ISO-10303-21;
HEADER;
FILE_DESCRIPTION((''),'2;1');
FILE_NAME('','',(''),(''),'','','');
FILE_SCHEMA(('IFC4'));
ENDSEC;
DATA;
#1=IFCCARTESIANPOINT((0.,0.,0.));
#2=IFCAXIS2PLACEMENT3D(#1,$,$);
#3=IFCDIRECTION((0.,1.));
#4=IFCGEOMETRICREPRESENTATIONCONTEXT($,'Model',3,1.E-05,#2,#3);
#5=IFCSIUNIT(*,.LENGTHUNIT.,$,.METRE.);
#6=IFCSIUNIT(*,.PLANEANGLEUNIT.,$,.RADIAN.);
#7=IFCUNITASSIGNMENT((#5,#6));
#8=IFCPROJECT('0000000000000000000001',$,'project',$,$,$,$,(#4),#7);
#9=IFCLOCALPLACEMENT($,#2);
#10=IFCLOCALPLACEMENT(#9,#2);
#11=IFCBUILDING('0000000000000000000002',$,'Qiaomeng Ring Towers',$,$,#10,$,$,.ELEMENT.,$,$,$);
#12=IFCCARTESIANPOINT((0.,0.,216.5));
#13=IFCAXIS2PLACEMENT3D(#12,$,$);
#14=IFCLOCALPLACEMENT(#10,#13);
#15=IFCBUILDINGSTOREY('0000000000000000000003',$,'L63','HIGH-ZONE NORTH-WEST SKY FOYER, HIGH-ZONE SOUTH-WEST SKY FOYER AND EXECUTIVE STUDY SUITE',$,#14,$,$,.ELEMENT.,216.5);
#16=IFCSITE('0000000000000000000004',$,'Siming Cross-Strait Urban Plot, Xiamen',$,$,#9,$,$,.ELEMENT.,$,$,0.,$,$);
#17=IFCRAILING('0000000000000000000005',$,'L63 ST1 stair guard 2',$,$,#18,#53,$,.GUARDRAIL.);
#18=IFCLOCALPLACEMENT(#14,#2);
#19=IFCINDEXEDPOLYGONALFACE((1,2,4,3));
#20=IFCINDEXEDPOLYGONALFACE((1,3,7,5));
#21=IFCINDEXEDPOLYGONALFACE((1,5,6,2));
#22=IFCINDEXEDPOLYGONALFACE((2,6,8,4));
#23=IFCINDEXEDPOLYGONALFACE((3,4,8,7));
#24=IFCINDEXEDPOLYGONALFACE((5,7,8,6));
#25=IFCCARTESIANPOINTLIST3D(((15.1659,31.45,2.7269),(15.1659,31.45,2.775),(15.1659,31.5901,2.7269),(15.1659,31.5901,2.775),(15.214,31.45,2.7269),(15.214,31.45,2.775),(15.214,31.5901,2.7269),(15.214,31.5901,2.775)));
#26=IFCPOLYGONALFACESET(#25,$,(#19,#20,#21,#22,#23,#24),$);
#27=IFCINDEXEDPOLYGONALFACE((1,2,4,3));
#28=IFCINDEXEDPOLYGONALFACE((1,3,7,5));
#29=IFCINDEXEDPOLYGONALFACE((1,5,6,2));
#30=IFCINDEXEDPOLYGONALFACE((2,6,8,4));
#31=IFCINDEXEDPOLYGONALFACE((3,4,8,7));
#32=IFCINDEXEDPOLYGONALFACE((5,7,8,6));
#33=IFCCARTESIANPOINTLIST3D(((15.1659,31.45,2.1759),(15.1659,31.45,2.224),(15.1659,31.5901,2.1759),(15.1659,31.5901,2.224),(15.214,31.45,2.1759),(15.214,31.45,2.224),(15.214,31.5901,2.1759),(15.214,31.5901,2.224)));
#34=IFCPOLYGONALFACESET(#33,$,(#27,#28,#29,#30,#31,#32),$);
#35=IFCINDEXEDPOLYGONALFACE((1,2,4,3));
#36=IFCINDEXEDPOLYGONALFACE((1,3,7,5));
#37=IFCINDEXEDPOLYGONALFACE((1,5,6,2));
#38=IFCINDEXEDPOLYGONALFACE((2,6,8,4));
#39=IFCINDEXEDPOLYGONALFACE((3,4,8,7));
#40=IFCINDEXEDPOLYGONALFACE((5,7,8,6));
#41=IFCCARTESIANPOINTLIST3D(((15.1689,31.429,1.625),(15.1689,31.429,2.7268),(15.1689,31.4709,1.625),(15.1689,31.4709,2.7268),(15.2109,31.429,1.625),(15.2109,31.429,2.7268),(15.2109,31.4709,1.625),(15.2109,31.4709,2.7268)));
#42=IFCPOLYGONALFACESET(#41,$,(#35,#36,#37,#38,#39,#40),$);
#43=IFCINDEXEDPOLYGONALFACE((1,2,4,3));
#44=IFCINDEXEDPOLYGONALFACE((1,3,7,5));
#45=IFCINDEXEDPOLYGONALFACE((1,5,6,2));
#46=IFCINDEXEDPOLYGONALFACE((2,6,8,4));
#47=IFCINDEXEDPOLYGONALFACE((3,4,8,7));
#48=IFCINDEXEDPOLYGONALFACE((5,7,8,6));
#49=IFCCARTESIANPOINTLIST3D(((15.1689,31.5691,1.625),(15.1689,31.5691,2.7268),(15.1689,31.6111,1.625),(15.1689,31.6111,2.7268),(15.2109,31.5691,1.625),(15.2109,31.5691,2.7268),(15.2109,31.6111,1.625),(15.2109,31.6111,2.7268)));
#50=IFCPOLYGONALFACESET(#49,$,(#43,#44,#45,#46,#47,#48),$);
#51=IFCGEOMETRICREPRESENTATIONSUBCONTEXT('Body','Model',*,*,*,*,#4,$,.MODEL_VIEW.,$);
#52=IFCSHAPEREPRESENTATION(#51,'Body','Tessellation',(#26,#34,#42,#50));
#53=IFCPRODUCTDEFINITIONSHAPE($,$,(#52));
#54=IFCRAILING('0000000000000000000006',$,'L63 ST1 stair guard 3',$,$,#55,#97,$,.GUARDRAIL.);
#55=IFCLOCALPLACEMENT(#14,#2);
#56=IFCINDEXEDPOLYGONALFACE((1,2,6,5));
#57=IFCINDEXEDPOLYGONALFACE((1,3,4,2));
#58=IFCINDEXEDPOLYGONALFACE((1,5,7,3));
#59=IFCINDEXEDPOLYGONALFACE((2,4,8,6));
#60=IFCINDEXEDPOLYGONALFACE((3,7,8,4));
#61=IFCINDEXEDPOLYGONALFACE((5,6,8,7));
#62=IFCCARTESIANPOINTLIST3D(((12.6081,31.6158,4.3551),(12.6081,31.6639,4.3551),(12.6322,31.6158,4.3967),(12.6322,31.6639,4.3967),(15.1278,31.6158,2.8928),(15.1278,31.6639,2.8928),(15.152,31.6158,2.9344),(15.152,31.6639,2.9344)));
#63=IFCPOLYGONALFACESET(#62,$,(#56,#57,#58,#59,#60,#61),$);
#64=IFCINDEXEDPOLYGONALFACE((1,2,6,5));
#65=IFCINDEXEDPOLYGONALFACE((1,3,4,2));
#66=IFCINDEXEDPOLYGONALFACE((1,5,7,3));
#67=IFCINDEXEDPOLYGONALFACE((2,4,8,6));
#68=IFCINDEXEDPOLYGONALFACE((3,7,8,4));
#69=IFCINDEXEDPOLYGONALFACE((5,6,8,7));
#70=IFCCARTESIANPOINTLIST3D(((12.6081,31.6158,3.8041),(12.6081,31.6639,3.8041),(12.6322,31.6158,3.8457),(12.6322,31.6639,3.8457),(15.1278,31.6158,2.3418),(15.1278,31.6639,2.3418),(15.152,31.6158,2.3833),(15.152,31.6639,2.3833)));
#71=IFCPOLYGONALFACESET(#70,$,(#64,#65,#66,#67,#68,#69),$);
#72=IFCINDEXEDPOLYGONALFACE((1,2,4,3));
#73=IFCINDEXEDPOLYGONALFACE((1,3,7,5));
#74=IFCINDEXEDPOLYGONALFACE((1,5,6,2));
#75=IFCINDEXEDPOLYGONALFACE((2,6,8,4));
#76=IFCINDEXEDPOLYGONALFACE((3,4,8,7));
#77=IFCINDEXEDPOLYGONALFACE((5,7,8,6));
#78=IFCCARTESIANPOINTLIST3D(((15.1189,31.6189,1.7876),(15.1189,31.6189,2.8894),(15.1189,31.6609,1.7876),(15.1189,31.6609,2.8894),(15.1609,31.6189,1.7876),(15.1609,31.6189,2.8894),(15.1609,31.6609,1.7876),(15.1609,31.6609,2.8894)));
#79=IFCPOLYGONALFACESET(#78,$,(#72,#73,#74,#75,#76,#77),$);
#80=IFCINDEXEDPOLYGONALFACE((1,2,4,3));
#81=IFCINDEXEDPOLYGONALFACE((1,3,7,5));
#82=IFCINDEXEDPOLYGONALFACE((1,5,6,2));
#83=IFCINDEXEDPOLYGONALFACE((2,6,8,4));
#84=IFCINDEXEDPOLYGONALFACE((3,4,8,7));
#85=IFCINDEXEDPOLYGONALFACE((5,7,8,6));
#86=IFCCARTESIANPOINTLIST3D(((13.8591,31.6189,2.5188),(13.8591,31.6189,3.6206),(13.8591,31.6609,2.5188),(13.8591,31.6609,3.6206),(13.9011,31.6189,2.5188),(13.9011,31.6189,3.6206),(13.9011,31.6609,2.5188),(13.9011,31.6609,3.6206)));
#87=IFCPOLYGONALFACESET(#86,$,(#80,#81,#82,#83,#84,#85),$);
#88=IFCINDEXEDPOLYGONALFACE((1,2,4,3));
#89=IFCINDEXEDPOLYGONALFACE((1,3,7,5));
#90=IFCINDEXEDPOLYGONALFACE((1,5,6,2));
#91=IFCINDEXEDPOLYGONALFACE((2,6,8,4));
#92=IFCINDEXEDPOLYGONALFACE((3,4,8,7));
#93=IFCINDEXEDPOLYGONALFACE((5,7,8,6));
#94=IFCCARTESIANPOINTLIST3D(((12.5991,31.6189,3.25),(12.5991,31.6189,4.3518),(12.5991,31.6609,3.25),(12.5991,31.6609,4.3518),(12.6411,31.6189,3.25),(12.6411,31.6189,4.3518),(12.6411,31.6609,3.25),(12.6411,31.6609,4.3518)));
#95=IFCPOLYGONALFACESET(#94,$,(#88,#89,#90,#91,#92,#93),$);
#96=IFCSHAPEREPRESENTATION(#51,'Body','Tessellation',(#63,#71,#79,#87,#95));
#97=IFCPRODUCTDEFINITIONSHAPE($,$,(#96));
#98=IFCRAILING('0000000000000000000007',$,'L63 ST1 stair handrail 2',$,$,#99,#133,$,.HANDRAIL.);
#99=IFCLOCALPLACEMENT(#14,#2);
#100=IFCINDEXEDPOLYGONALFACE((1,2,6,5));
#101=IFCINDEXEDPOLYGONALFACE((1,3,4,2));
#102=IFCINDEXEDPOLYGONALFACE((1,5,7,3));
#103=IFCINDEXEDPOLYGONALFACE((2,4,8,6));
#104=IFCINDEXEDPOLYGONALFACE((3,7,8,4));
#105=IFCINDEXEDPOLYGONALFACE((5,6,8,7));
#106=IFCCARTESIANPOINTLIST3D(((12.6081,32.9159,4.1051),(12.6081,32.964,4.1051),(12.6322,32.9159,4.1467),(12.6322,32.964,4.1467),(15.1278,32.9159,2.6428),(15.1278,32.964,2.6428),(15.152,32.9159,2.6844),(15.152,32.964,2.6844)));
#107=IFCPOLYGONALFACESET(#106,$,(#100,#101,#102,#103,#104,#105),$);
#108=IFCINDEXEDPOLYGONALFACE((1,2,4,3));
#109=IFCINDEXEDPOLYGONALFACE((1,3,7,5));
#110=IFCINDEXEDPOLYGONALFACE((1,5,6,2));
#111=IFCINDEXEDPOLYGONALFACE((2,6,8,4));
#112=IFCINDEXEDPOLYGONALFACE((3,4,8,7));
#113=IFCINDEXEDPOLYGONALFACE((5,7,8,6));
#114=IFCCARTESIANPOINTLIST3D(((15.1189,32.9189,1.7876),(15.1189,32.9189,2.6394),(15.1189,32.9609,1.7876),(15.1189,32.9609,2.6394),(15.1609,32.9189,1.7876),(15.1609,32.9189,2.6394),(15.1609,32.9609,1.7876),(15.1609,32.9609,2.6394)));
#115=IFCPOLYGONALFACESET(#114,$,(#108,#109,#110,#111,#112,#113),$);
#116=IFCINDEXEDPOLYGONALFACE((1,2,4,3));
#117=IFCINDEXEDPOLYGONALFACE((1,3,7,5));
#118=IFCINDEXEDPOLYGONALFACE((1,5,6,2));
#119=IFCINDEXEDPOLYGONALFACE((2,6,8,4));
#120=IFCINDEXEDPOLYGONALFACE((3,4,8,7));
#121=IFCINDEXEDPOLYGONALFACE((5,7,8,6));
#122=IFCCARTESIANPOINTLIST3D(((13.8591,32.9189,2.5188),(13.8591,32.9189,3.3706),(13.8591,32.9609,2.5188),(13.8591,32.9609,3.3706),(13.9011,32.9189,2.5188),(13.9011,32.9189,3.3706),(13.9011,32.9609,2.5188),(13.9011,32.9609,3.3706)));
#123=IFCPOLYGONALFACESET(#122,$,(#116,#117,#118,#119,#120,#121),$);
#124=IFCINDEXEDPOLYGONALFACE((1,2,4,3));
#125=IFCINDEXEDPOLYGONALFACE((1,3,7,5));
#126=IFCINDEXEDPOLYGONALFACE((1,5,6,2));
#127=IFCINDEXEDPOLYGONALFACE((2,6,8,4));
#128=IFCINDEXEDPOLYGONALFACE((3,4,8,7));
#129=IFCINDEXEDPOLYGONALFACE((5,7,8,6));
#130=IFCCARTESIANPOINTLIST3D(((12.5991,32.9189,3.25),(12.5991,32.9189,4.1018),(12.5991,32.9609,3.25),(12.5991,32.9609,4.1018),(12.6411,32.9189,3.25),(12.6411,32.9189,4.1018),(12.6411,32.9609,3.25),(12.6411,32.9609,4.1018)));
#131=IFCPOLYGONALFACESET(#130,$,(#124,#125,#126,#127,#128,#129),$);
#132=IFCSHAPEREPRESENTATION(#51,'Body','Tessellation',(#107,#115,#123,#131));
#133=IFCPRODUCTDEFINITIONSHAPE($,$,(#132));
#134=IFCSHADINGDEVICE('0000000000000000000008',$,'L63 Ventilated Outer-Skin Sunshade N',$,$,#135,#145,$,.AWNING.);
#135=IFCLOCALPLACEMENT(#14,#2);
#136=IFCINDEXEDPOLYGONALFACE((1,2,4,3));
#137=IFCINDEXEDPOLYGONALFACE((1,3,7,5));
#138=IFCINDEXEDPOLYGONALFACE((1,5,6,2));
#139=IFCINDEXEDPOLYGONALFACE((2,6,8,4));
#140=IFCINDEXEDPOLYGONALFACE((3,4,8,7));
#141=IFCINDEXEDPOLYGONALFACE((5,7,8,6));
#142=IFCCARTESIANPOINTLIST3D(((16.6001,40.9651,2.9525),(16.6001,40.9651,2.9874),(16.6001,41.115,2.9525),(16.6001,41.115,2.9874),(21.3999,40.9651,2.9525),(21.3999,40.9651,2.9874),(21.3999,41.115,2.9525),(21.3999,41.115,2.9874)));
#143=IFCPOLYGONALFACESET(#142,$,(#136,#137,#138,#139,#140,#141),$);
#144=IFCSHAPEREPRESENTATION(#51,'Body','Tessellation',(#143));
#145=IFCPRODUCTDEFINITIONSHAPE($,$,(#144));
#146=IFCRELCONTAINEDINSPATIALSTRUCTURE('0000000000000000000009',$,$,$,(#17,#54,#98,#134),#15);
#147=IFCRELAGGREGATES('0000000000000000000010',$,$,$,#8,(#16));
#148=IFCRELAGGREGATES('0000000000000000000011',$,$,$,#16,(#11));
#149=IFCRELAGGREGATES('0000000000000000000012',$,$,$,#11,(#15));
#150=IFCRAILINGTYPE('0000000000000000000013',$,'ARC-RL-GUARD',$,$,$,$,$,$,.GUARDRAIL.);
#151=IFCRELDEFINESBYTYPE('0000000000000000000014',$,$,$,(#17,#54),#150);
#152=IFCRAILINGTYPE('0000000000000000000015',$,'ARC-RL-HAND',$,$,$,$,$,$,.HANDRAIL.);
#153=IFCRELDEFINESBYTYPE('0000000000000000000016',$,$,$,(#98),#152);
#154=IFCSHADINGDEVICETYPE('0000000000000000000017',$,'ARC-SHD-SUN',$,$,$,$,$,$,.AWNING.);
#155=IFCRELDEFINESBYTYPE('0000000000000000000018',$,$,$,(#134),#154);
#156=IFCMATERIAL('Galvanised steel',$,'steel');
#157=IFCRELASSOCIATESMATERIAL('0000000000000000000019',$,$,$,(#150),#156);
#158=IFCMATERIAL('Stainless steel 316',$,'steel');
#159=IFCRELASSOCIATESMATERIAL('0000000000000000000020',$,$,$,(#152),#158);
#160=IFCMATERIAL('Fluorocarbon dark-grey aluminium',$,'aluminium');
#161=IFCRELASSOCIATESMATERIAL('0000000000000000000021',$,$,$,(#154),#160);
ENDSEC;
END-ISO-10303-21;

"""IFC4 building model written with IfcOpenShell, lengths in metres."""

from ifc_helpers import new_model, si_unit, direction, frame, origin, origin_2d, place, context, subcontext, project, spatial, rectangle, extrude, source, transform, mapped, material, material_profile, profile_set, type_object, element, save


model = new_model("IFC4")

# Units and contexts
model_context = context("Model", 3, precision=1e-05, world=origin(), true_north=direction((0.0, 1.0)))
body_context = subcontext(model_context, "Body", "Model", "MODEL_VIEW")
ifc_project = project(units=[si_unit("LENGTHUNIT", "METRE"), si_unit("PLANEANGLEUNIT", "RADIAN")], contexts=[model_context])

# Site, building, storey
site_placement = place(None, origin())
site = spatial("IfcSite", under=ifc_project, at=site_placement, Name="Siming Cross-Strait Urban Plot, Xiamen", CompositionType="ELEMENT", RefElevation=0.0)
building_placement = place(site_placement, origin())
building = spatial("IfcBuilding", under=site, at=building_placement, Name="Qiaomeng Ring Towers", CompositionType="ELEMENT")
storey_placement = place(building_placement, frame((0.0, 0.0, 216.5)))
storey = spatial("IfcBuildingStorey", under=building, at=storey_placement, Name="L63", Description="HIGH-ZONE NORTH-WEST SKY FOYER, HIGH-ZONE SOUTH-WEST SKY FOYER AND EXECUTIVE STUDY SUITE", CompositionType="ELEMENT", Elevation=216.5)

# Shared definitions
ifc_material_1 = material(Name="Galvanised steel", Category="steel")

# Shared definitions
ifc_material_2 = material(Name="Stainless steel 316", Category="steel")

# Railings
railing_type_1 = type_object("IfcRailingType", Name="ARC-RL-GUARD", PredefinedType="GUARDRAIL", material=ifc_material_1)
railing_1_placement = place(storey_placement, frame((15.1899, 31.45, 1.625)))
element("IfcRailing", 1, at=railing_1_placement, inside=storey, type_object=railing_type_1, Name="L63 ST1 stair guard 2", PredefinedType="GUARDRAIL", context=body_context, shape_type="SweptSolid", body=[
    extrude(rectangle(XDim=0.0481, YDim=0.0481, at=origin_2d()), frame((0.0, 0.0, 1.126), z_axis=(0.0, 1.0, 0.0), x_axis=(-1.0, 0.0, 0.0)), (0.0, 0.0, 1.0), 0.1401),
    extrude(rectangle(XDim=0.0481, YDim=0.0481, at=origin_2d()), frame((0.0, 0.0, 0.575), z_axis=(0.0, 1.0, 0.0), x_axis=(-1.0, 0.0, 0.0)), (0.0, 0.0, 1.0), 0.1401),
    extrude(rectangle(XDim=0.042, YDim=0.042, at=origin_2d()), origin(), (0.0, 0.0, 1.0), 1.1018),
    extrude(rectangle(XDim=0.042, YDim=0.042, at=origin_2d()), frame((0.0, 0.1401, 0.0)), (0.0, 0.0, 1.0), 1.1018),
])
railing_2_placement = place(storey_placement, frame((15.1399, 31.6399, 1.7876)))
element("IfcRailing", 2, at=railing_2_placement, inside=storey, type_object=railing_type_1, Name="L63 ST1 stair guard 3", PredefinedType="GUARDRAIL", context=body_context, shape_type="SweptSolid", body=[
    extrude(rectangle(XDim=0.0481, YDim=0.0481, at=origin_2d()), frame((0.0, 0.0, 1.126), z_axis=(-0.864892, 0.0, 0.501958), x_axis=(0.0, -1.0, 0.0)), (0.0, 0.0, 1.0), 2.9133),
    extrude(rectangle(XDim=0.0481, YDim=0.0481, at=origin_2d()), frame((0.0, 0.0, 0.575), z_axis=(-0.864892, 0.0, 0.501958), x_axis=(0.0, -1.0, 0.0)), (0.0, 0.0, 1.0), 2.9133),
    extrude(rectangle(XDim=0.042, YDim=0.042, at=origin_2d()), origin(), (0.0, 0.0, 1.0), 1.1018),
    extrude(rectangle(XDim=0.042, YDim=0.042, at=origin_2d()), frame((-1.2598, 0.0, 0.7312)), (0.0, 0.0, 1.0), 1.1018),
    extrude(rectangle(XDim=0.042, YDim=0.042, at=origin_2d()), frame((-2.5198, 0.0, 1.4624)), (0.0, 0.0, 1.0), 1.1018),
])
railing_type_2 = type_object("IfcRailingType", Name="ARC-RL-HAND", PredefinedType="HANDRAIL", material=ifc_material_2)
railing_3_placement = place(storey_placement, frame((15.1399, 32.9399, 1.7876)))
element("IfcRailing", 3, at=railing_3_placement, inside=storey, type_object=railing_type_2, Name="L63 ST1 stair handrail 2", PredefinedType="HANDRAIL", context=body_context, shape_type="SweptSolid", body=[
    extrude(rectangle(XDim=0.0481, YDim=0.0481, at=origin_2d()), frame((0.0, 0.0, 0.876), z_axis=(-0.864892, 0.0, 0.501958), x_axis=(0.0, -1.0, 0.0)), (0.0, 0.0, 1.0), 2.9133),
    extrude(rectangle(XDim=0.042, YDim=0.042, at=origin_2d()), origin(), (0.0, 0.0, 1.0), 0.8518),
    extrude(rectangle(XDim=0.042, YDim=0.042, at=origin_2d()), frame((-1.2598, 0.0, 0.7312)), (0.0, 0.0, 1.0), 0.8518),
    extrude(rectangle(XDim=0.042, YDim=0.042, at=origin_2d()), frame((-2.5198, 0.0, 1.4624)), (0.0, 0.0, 1.0), 0.8518),
])

# Shading device
ifc_material_3 = material(Name="Fluorocarbon dark-grey aluminium", Category="aluminium")
ifc_material_profile_1 = material_profile(ifc_material_3, rectangle(XDim=0.1499, YDim=0.0349, at=origin_2d()), Name="LV BLADE 150x35")
ifc_profile_set_1 = profile_set([ifc_material_profile_1], Name="Fluorocarbon dark-grey aluminium")
shading_device_type = type_object("IfcShadingDeviceType", Name="ARC-SHD-SUN", PredefinedType="AWNING", material=ifc_profile_set_1)
shared_shape_1 = source(origin(), body_context, "Body", "SweptSolid", [
    extrude(rectangle(XDim=0.1499, YDim=0.0349, at=origin_2d()), origin(), (0.0, 0.0, 1.0), 4.7998),
])
shading_device_placement = place(storey_placement, frame((16.6001, 41.04, 2.97), z_axis=(1.0, 0.0, 0.0), x_axis=(0.0, 1.0, 0.0)))
element("IfcShadingDevice", 4, at=shading_device_placement, inside=storey, type_object=shading_device_type, Name="L63 Ventilated Outer-Skin Sunshade N", PredefinedType="AWNING", context=body_context, shape_type="MappedRepresentation", body=[
    mapped(shared_shape_1, transform((0.0, 0.0, 0.0), x_axis=(1.0, 0.0, 0.0), y_axis=(0.0, 1.0, 0.0), z_axis=(0.0, 0.0, 1.0), scale=1.0)),
])

save(model, "model.ifc")
